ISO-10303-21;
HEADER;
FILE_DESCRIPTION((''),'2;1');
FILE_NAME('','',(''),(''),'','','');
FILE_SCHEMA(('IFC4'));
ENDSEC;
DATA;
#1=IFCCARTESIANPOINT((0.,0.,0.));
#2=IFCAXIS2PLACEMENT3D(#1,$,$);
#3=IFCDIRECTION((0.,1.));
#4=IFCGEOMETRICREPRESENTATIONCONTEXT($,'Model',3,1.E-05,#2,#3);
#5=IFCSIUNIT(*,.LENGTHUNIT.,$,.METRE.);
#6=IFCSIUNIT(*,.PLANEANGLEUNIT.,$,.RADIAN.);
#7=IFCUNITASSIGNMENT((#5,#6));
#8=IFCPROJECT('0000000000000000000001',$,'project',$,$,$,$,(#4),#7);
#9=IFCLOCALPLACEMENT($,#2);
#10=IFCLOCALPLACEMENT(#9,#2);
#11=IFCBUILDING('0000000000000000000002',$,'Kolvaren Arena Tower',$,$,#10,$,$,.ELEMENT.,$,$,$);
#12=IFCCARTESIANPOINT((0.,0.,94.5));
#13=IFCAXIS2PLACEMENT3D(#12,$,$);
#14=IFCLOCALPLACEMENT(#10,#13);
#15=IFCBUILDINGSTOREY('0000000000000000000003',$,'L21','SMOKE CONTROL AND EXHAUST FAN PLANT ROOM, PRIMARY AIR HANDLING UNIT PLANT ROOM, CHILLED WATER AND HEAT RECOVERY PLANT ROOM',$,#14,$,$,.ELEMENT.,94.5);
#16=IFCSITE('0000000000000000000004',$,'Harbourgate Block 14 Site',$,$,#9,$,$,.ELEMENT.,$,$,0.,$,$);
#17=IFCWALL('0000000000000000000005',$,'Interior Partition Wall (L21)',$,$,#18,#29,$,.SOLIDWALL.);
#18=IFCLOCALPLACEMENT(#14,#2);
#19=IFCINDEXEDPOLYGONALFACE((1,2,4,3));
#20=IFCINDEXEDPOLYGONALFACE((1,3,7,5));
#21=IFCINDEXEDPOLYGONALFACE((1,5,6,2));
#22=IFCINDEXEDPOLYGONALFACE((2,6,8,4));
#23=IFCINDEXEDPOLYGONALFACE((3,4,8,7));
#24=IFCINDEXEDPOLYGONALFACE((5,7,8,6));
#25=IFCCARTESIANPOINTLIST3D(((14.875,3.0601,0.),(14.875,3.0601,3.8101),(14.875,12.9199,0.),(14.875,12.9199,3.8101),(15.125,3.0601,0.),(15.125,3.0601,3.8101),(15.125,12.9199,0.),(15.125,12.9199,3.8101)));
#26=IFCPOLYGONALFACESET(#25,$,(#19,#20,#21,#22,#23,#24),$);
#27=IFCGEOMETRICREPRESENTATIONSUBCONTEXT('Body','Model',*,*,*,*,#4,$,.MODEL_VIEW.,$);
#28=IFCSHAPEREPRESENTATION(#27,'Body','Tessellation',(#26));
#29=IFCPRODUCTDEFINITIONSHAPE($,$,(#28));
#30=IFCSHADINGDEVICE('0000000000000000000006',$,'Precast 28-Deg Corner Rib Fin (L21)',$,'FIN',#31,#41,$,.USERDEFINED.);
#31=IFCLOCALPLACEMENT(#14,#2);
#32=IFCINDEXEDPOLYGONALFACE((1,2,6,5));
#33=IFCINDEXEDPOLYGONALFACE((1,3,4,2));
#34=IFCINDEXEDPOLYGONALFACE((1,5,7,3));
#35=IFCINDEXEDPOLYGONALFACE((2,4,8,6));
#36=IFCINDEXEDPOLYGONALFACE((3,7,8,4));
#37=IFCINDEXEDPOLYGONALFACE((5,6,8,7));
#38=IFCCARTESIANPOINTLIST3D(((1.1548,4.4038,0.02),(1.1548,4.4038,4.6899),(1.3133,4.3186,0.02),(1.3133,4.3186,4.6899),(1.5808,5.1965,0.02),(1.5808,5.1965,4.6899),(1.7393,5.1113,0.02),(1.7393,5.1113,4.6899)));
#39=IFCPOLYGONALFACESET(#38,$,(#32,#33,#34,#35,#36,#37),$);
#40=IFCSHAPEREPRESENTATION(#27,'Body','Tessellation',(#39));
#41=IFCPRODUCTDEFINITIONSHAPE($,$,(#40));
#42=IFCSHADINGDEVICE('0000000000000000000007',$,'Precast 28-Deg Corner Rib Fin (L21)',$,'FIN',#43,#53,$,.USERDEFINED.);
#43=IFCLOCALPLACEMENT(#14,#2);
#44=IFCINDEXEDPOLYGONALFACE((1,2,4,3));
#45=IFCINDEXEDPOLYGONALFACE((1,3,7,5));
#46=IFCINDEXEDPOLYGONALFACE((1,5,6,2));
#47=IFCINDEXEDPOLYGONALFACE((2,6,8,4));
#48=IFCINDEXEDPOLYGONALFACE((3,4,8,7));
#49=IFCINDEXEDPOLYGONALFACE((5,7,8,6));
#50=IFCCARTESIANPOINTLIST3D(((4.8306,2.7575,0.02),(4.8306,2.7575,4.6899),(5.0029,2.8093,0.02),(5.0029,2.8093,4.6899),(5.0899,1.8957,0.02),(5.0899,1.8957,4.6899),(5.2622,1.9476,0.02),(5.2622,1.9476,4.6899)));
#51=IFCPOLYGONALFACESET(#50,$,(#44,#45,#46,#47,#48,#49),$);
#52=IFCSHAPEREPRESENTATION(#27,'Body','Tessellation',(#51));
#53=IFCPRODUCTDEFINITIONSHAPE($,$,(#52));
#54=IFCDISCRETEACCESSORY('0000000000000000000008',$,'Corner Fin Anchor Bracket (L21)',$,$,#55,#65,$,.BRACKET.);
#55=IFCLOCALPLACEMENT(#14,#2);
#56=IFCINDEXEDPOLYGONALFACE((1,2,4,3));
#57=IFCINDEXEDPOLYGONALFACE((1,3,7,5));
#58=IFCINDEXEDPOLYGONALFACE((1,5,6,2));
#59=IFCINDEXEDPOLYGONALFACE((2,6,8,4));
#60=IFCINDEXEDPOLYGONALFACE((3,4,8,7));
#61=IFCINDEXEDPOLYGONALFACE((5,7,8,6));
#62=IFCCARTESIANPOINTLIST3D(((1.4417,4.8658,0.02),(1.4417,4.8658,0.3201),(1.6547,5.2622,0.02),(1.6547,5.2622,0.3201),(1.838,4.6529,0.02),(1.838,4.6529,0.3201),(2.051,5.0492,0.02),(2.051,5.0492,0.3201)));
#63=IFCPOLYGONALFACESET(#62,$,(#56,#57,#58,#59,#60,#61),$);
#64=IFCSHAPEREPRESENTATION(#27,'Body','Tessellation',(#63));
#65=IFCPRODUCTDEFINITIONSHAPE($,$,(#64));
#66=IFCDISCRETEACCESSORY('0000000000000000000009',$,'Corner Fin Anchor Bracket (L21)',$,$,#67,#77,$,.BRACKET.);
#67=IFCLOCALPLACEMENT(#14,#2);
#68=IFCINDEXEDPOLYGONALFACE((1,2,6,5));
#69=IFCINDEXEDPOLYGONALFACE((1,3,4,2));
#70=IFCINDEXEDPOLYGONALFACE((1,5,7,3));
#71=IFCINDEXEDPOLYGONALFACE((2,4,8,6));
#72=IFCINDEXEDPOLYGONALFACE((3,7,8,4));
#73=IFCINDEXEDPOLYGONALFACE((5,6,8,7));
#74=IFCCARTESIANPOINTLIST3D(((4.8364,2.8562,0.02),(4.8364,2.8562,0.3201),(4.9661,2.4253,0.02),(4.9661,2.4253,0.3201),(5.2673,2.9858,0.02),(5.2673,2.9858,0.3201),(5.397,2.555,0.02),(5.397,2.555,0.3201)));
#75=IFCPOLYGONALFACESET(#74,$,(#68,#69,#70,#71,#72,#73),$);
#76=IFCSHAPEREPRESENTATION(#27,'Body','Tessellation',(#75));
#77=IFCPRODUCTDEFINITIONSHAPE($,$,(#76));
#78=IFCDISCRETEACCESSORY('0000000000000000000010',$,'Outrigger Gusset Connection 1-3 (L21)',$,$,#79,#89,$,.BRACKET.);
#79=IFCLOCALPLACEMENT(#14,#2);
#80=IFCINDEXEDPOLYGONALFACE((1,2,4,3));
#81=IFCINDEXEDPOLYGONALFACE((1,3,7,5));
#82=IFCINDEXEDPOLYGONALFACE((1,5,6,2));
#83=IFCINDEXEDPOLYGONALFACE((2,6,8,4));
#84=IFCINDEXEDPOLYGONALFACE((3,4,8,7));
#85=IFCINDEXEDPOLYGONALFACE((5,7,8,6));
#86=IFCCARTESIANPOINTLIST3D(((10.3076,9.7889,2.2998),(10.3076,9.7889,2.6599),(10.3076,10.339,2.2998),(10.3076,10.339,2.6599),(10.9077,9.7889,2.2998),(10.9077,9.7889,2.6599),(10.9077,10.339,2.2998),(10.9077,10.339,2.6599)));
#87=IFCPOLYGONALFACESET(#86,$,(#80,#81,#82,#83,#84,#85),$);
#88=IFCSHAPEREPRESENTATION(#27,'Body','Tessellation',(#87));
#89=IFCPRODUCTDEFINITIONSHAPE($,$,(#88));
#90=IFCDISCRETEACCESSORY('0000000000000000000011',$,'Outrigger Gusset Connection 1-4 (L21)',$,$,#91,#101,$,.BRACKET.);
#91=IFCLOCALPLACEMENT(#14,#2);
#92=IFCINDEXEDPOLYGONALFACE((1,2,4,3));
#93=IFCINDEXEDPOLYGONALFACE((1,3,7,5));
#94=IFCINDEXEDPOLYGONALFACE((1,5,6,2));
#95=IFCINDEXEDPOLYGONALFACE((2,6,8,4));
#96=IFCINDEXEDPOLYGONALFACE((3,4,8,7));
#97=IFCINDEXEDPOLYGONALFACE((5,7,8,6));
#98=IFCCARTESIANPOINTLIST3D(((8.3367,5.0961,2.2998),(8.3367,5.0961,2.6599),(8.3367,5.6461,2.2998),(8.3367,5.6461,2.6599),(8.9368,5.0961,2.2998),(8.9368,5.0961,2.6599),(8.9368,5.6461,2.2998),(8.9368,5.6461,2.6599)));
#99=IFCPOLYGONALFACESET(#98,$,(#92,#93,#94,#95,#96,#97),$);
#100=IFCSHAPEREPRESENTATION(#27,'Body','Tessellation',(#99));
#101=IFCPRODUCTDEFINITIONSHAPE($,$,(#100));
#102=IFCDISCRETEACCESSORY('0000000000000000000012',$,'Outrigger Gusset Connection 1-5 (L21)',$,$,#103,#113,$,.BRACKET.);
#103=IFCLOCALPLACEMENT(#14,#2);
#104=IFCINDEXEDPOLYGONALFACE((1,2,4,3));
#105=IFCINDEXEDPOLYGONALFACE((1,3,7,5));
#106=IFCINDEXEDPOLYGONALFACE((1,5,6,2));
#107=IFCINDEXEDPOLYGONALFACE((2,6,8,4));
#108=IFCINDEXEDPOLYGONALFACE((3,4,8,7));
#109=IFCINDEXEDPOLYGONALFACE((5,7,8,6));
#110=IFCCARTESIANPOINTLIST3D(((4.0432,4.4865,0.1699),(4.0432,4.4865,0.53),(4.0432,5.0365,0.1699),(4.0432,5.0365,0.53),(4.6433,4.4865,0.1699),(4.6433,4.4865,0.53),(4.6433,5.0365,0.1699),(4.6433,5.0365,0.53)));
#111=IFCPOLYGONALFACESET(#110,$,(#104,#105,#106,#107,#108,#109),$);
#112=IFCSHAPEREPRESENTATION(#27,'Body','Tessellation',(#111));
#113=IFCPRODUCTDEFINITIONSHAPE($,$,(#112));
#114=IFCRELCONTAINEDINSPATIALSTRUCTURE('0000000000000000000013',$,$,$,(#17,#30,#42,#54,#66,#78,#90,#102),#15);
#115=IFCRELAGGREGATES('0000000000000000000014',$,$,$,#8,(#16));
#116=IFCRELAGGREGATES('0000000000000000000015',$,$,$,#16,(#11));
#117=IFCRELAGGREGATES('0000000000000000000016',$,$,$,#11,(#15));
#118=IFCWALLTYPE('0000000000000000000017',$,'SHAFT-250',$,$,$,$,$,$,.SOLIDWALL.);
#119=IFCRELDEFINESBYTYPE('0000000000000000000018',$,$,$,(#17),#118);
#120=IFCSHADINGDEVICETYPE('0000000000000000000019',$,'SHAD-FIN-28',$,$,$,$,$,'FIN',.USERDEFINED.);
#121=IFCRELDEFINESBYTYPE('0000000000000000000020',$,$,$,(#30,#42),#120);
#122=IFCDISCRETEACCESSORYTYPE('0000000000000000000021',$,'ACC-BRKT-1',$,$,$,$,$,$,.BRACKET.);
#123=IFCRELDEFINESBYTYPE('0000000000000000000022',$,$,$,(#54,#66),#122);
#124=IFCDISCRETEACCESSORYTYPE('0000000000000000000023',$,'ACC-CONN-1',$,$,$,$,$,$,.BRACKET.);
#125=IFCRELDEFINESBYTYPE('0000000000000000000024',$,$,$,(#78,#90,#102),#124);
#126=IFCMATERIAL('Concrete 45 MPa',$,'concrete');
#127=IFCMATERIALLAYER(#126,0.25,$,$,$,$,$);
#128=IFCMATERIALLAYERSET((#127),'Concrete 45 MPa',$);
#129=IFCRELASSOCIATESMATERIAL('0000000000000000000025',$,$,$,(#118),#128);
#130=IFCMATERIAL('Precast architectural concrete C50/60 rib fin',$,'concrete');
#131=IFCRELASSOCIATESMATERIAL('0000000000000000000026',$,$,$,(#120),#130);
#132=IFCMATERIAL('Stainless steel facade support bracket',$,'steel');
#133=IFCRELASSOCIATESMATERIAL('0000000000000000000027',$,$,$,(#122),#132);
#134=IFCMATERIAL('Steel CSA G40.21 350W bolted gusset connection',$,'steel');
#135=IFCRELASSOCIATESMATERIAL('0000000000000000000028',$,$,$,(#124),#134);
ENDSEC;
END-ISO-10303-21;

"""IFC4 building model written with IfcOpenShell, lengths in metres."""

from ifc_helpers import new_model, si_unit, direction, frame, frame_2d, origin, origin_2d, place, context, subcontext, project, spatial, rectangle, extrude, material, layer, layer_set, type_object, element, save


model = new_model("IFC4")

# Units and contexts
model_context = context("Model", 3, precision=1e-05, world=origin(), true_north=direction((0.0, 1.0)))
body_context = subcontext(model_context, "Body", "Model", "MODEL_VIEW")
ifc_project = project(units=[si_unit("LENGTHUNIT", "METRE"), si_unit("PLANEANGLEUNIT", "RADIAN")], contexts=[model_context])

# Site, building, storey
site_placement = place(None, origin())
site = spatial("IfcSite", under=ifc_project, at=site_placement, Name="Harbourgate Block 14 Site", CompositionType="ELEMENT", RefElevation=0.0)
building_placement = place(site_placement, origin())
building = spatial("IfcBuilding", under=site, at=building_placement, Name="Kolvaren Arena Tower", CompositionType="ELEMENT")
storey_placement = place(building_placement, frame((0.0, 0.0, 94.5)))
storey = spatial("IfcBuildingStorey", under=building, at=storey_placement, Name="L21", Description="SMOKE CONTROL AND EXHAUST FAN PLANT ROOM, PRIMARY AIR HANDLING UNIT PLANT ROOM, CHILLED WATER AND HEAT RECOVERY PLANT ROOM", CompositionType="ELEMENT", Elevation=94.5)

# Shared definitions
ifc_material_1 = material(Name="Concrete 45 MPa", Category="concrete")

# Wall
ifc_layer_1 = layer(ifc_material_1, 0.25)
ifc_layer_set_1 = layer_set([ifc_layer_1], Name="Concrete 45 MPa")
wall_type_1 = type_object("IfcWallType", Name="SHAFT-250", PredefinedType="SOLIDWALL", material=ifc_layer_set_1)
wall_1_placement = place(storey_placement, frame((15.0, 3.0601, 0.0), z_axis=(0.0, 0.0, 1.0), x_axis=(0.0, 1.0, 0.0)))
element("IfcWall", 1, at=wall_1_placement, inside=storey, type_object=wall_type_1, Name="Interior Partition Wall (L21)", PredefinedType="SOLIDWALL", context=body_context, shape_type="SweptSolid", body=[
    extrude(rectangle(XDim=9.8599, YDim=0.25, at=frame_2d((4.9299, 0.0))), origin(), (0.0, 0.0, 1.0), 3.8101),
])

# Shading devices
ifc_material_2 = material(Name="Precast architectural concrete C50/60 rib fin", Category="concrete")
shading_device_type = type_object("IfcShadingDeviceType", Name="SHAD-FIN-28", ElementType="FIN", PredefinedType="USERDEFINED", material=ifc_material_2)
for number, where, z_axis, x_axis, name in (
    (2, (1.447, 4.7576, 0.02), (0.0, 0.0, 1.0), (-0.473349, -0.880875, 0.0), "Precast 28-Deg Corner Rib Fin (L21)"),
    (3, (5.0464, 2.3525, 0.02), (0.0, 0.0, 1.0), (0.288175, -0.957578, 0.0), "Precast 28-Deg Corner Rib Fin (L21)"),
):
    element("IfcShadingDevice", number, at=place(storey_placement, frame(where, z_axis=z_axis, x_axis=x_axis)), inside=storey, type_object=shading_device_type, Name=name, ObjectType="FIN", PredefinedType="USERDEFINED", context=body_context, shape_type="SweptSolid", body=[
        extrude(rectangle(XDim=0.8999, YDim=0.1799, at=origin_2d()), origin(), (0.0, 0.0, 1.0), 4.6699),
    ])

# Discrete accessories
ifc_material_3 = material(Name="Stainless steel facade support bracket", Category="steel")
discrete_accessory_type_1 = type_object("IfcDiscreteAccessoryType", Name="ACC-BRKT-1", PredefinedType="BRACKET", material=ifc_material_3)
for number, where, z_axis, x_axis, name in (
    (4, (1.7463, 4.9575, 0.02), (0.0, 0.0, 1.0), (-0.473349, -0.880875, 0.0), "Corner Fin Anchor Bracket (L21)"),
    (5, (5.1167, 2.7056, 0.02), (0.0, 0.0, 1.0), (0.288175, -0.957578, 0.0), "Corner Fin Anchor Bracket (L21)"),
):
    element("IfcDiscreteAccessory", number, at=place(storey_placement, frame(where, z_axis=z_axis, x_axis=x_axis)), inside=storey, type_object=discrete_accessory_type_1, Name=name, PredefinedType="BRACKET", context=body_context, shape_type="SweptSolid", body=[
        extrude(rectangle(XDim=0.45, YDim=0.45, at=origin_2d()), origin(), (0.0, 0.0, 1.0), 0.3),
    ])
ifc_material_4 = material(Name="Steel CSA G40.21 350W bolted gusset connection", Category="steel")
discrete_accessory_type_2 = type_object("IfcDiscreteAccessoryType", Name="ACC-CONN-1", PredefinedType="BRACKET", material=ifc_material_4)
for number, where, z_axis, x_axis, name in (
    (6, (10.6077, 10.064, 2.2998), (0.0, 0.0, 1.0), (1.0, 0.0, 0.0), "Outrigger Gusset Connection 1-3 (L21)"),
    (7, (8.6367, 5.3711, 2.2998), (0.0, 0.0, 1.0), (1.0, 0.0, 0.0), "Outrigger Gusset Connection 1-4 (L21)"),
    (8, (4.3433, 4.7615, 0.1699), (0.0, 0.0, 1.0), (1.0, 0.0, 0.0), "Outrigger Gusset Connection 1-5 (L21)"),
):
    element("IfcDiscreteAccessory", number, at=place(storey_placement, frame(where, z_axis=z_axis, x_axis=x_axis)), inside=storey, type_object=discrete_accessory_type_2, Name=name, PredefinedType="BRACKET", context=body_context, shape_type="SweptSolid", body=[
        extrude(rectangle(XDim=0.6001, YDim=0.55, at=origin_2d()), origin(), (0.0, 0.0, 1.0), 0.3601),
    ])

save(model, "model.ifc")
